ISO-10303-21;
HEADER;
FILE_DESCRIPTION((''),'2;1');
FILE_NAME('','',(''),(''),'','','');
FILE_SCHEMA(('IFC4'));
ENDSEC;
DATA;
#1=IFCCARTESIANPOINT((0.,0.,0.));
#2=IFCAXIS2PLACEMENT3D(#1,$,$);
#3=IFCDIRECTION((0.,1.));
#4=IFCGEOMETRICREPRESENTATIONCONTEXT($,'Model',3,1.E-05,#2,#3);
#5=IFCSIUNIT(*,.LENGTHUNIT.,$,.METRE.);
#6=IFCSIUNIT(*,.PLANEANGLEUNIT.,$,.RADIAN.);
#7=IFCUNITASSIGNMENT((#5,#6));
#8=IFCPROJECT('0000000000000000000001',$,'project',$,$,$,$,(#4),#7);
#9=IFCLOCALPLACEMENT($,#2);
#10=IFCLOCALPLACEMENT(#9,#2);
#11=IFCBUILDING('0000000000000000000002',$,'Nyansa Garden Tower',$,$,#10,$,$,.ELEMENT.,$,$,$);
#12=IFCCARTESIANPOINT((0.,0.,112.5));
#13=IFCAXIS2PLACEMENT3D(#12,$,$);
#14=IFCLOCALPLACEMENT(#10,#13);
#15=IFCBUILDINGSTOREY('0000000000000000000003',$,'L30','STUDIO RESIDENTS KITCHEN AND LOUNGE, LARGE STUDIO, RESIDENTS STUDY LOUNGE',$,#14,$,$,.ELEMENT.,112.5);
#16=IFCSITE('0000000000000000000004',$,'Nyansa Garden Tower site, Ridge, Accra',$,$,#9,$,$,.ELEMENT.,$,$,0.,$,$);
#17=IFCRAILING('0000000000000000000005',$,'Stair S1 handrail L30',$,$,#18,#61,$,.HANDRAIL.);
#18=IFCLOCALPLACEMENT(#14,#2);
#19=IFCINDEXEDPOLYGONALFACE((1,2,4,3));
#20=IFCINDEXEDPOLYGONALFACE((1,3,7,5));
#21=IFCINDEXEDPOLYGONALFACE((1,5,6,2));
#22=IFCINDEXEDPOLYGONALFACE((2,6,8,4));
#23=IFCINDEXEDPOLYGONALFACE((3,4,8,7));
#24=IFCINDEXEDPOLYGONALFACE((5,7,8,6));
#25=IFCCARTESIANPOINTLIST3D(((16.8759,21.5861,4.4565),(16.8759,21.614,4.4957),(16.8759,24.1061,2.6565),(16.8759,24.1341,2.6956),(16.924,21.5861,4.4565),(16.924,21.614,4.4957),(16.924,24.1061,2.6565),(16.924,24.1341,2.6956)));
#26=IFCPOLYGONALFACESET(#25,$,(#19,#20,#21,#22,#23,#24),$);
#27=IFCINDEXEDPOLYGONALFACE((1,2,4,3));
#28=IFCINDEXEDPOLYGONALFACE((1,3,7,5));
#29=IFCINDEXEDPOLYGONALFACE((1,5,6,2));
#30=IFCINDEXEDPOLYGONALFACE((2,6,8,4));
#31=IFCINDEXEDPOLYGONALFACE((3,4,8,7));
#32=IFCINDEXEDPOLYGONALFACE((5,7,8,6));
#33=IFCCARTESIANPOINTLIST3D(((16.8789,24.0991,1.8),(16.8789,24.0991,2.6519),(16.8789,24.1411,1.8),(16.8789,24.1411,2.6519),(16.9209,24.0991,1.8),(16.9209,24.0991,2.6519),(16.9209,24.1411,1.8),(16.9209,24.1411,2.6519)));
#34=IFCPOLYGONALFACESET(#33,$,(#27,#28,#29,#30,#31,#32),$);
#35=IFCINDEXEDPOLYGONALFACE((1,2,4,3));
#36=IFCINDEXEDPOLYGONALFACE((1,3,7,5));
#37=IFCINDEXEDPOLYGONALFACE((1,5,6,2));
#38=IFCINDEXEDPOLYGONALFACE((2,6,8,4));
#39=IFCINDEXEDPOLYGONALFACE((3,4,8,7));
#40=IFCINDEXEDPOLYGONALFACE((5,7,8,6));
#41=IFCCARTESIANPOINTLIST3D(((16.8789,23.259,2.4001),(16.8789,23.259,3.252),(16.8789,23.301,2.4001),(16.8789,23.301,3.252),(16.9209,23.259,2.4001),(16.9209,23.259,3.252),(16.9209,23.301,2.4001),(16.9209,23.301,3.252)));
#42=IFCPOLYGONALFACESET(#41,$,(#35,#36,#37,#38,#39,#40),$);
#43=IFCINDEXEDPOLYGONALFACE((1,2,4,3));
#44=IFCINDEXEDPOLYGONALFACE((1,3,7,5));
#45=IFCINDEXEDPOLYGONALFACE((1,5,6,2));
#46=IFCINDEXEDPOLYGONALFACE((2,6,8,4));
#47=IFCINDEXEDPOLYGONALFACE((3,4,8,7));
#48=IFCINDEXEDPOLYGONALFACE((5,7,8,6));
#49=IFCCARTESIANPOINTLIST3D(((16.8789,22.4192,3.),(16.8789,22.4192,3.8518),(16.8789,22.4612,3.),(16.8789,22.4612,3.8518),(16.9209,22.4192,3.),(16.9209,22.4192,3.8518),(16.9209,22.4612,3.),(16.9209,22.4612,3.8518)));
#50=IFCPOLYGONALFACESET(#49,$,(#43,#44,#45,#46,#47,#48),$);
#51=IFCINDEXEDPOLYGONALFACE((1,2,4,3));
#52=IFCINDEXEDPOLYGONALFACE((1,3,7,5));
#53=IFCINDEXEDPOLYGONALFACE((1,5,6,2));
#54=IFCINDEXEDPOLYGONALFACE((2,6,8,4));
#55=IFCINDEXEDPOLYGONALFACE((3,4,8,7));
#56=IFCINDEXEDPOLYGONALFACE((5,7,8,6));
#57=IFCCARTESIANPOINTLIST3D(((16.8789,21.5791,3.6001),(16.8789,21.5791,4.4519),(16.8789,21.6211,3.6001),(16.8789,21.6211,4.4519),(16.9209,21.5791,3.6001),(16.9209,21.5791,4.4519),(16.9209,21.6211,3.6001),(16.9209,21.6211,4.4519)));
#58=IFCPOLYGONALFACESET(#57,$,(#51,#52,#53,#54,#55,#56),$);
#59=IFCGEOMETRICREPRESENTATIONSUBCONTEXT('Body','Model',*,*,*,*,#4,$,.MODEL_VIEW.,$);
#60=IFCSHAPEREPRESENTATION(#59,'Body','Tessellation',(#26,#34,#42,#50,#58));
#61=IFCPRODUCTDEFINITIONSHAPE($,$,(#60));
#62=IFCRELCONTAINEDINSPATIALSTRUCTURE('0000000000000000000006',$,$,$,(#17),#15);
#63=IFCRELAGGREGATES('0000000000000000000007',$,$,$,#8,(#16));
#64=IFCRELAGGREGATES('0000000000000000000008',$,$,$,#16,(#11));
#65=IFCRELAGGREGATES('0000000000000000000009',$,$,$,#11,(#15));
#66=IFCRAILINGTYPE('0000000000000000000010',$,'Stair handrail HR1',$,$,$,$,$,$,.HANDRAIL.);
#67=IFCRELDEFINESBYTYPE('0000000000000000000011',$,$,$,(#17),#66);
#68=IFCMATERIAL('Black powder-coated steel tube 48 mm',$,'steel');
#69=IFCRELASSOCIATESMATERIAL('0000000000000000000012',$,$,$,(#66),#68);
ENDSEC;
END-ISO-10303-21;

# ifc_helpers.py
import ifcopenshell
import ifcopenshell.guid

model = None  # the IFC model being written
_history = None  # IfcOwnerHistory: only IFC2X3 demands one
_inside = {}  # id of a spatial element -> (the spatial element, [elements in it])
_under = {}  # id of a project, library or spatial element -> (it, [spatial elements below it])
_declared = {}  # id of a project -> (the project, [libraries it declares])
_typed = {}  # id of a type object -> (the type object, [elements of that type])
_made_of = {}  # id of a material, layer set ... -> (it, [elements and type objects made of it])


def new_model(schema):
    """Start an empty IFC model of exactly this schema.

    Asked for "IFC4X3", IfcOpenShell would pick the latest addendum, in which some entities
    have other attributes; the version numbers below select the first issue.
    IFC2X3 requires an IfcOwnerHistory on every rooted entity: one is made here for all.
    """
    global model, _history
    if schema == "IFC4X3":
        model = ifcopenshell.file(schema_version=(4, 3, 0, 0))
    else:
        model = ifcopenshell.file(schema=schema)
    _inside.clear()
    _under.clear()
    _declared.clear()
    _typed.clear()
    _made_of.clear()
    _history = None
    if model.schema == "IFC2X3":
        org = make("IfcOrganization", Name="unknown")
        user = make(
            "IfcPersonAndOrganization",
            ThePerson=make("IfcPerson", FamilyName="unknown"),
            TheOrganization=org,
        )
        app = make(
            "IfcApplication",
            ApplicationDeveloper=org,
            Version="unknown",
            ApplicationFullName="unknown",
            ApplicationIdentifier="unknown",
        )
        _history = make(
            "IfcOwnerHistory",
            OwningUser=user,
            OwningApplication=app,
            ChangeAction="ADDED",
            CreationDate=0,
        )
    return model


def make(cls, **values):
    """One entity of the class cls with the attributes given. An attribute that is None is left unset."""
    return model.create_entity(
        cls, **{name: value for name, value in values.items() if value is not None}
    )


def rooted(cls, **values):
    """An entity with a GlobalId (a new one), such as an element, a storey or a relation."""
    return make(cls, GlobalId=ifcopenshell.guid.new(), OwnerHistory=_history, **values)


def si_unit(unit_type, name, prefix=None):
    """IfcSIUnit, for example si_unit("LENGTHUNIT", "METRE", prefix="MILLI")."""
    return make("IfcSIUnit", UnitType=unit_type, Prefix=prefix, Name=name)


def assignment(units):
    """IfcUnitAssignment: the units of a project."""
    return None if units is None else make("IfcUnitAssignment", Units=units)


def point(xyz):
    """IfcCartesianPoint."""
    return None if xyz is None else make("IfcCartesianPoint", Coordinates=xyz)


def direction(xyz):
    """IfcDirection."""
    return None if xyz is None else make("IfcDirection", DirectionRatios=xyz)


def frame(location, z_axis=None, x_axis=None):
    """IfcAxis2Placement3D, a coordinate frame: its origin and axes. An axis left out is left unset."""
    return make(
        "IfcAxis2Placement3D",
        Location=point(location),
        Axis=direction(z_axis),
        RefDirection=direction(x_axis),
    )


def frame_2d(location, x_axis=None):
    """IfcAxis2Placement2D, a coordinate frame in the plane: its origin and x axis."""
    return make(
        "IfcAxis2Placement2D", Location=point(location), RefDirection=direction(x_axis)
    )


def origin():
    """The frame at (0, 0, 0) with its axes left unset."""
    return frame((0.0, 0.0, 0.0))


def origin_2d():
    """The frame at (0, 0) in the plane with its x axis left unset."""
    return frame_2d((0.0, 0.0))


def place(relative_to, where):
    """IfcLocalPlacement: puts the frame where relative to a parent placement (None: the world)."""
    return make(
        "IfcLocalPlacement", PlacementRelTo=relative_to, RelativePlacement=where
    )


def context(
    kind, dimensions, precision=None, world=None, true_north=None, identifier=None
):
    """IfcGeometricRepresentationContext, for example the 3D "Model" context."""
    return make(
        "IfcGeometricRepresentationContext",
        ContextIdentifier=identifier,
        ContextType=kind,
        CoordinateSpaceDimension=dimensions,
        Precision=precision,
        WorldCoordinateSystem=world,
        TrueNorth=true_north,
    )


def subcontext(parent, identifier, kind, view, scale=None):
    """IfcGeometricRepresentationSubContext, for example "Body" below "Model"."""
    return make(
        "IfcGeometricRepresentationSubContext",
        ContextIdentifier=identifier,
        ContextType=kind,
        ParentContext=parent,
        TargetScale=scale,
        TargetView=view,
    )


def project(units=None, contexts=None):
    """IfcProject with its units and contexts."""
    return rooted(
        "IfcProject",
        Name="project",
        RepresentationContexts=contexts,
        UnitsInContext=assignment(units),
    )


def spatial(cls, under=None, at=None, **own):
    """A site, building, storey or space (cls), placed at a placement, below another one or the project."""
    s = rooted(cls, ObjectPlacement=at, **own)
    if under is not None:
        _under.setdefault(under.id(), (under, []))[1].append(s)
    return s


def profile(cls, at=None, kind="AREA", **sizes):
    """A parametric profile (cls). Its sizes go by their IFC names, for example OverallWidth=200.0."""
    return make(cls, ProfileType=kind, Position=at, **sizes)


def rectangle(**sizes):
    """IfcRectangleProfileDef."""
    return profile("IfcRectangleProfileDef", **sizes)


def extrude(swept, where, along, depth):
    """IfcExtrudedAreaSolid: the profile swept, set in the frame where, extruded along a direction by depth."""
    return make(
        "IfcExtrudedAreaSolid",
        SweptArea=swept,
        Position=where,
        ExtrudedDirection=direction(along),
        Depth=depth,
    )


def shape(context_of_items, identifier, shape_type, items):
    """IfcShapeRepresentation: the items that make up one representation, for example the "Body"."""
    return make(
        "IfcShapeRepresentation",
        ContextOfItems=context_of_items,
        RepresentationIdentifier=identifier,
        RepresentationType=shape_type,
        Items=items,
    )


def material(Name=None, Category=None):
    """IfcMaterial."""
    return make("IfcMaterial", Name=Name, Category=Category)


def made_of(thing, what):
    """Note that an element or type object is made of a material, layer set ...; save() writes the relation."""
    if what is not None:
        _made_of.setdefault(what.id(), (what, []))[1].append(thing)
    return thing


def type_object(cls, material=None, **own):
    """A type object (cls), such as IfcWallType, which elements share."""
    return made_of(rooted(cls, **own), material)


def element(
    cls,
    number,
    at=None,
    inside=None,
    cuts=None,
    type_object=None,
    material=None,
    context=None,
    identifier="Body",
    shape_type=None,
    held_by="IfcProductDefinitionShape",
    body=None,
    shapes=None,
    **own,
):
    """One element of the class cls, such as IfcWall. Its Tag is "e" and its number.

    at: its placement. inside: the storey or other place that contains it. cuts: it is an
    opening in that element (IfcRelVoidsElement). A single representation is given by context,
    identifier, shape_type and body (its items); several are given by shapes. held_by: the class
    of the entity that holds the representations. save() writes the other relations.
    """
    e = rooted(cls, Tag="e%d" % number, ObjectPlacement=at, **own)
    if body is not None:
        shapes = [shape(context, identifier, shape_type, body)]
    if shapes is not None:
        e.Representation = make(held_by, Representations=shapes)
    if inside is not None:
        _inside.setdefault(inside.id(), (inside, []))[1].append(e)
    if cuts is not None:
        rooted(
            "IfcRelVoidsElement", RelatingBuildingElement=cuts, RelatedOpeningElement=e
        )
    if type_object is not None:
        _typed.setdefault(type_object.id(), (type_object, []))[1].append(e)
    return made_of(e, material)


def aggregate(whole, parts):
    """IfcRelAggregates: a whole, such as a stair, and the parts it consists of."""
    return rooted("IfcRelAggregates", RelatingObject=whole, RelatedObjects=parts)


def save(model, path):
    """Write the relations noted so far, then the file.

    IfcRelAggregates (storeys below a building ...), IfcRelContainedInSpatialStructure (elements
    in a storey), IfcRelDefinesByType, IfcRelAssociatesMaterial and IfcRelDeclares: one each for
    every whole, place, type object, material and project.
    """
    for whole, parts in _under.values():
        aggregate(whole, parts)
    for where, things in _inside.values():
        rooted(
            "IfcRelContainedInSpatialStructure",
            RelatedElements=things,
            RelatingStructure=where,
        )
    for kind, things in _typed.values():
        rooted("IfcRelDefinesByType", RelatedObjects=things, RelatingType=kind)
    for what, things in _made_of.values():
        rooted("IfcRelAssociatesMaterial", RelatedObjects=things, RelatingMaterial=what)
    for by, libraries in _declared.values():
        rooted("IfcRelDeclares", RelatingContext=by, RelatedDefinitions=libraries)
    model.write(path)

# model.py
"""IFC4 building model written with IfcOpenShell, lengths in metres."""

from ifc_helpers import new_model, si_unit, direction, frame, origin, origin_2d, place, context, subcontext, project, spatial, rectangle, extrude, material, type_object, element, save


model = new_model("IFC4")

# Units and contexts
model_context = context("Model", 3, precision=1e-05, world=origin(), true_north=direction((0.0, 1.0)))
body_context = subcontext(model_context, "Body", "Model", "MODEL_VIEW")
ifc_project = project(units=[si_unit("LENGTHUNIT", "METRE"), si_unit("PLANEANGLEUNIT", "RADIAN")], contexts=[model_context])

# Site, building, storey
site_placement = place(None, origin())
site = spatial("IfcSite", under=ifc_project, at=site_placement, Name="Nyansa Garden Tower site, Ridge, Accra", CompositionType="ELEMENT", RefElevation=0.0)
building_placement = place(site_placement, origin())
building = spatial("IfcBuilding", under=site, at=building_placement, Name="Nyansa Garden Tower", CompositionType="ELEMENT")
storey_placement = place(building_placement, frame((0.0, 0.0, 112.5)))
storey = spatial("IfcBuildingStorey", under=building, at=storey_placement, Name="L30", Description="STUDIO RESIDENTS KITCHEN AND LOUNGE, LARGE STUDIO, RESIDENTS STUDY LOUNGE", CompositionType="ELEMENT", Elevation=112.5)

# Railing
ifc_material_1 = material(Name="Black powder-coated steel tube 48 mm", Category="steel")
railing_type = type_object("IfcRailingType", Name="Stair handrail HR1", PredefinedType="HANDRAIL", material=ifc_material_1)
railing_1_placement = place(storey_placement, frame((16.8999, 24.1201, 1.8)))
element("IfcRailing", 1, at=railing_1_placement, inside=storey, type_object=railing_type, Name="Stair S1 handrail L30", PredefinedType="HANDRAIL", context=body_context, shape_type="SweptSolid", body=[
    extrude(rectangle(XDim=0.0481, YDim=0.0481, at=origin_2d()), frame((0.0, 0.0, 0.876), z_axis=(0.0, -0.813728, 0.581246), x_axis=(1.0, 0.0, 0.0)), (0.0, 0.0, 1.0), 3.0969),
    extrude(rectangle(XDim=0.042, YDim=0.042, at=origin_2d()), origin(), (0.0, 0.0, 1.0), 0.8518),
    extrude(rectangle(XDim=0.042, YDim=0.042, at=origin_2d()), frame((0.0, -0.8401, 0.6001)), (0.0, 0.0, 1.0), 0.8518),
    extrude(rectangle(XDim=0.042, YDim=0.042, at=origin_2d()), frame((0.0, -1.6799, 1.2)), (0.0, 0.0, 1.0), 0.8518),
    extrude(rectangle(XDim=0.042, YDim=0.042, at=origin_2d()), frame((0.0, -2.52, 1.8)), (0.0, 0.0, 1.0), 0.8518),
])

save(model, "model.ifc")
